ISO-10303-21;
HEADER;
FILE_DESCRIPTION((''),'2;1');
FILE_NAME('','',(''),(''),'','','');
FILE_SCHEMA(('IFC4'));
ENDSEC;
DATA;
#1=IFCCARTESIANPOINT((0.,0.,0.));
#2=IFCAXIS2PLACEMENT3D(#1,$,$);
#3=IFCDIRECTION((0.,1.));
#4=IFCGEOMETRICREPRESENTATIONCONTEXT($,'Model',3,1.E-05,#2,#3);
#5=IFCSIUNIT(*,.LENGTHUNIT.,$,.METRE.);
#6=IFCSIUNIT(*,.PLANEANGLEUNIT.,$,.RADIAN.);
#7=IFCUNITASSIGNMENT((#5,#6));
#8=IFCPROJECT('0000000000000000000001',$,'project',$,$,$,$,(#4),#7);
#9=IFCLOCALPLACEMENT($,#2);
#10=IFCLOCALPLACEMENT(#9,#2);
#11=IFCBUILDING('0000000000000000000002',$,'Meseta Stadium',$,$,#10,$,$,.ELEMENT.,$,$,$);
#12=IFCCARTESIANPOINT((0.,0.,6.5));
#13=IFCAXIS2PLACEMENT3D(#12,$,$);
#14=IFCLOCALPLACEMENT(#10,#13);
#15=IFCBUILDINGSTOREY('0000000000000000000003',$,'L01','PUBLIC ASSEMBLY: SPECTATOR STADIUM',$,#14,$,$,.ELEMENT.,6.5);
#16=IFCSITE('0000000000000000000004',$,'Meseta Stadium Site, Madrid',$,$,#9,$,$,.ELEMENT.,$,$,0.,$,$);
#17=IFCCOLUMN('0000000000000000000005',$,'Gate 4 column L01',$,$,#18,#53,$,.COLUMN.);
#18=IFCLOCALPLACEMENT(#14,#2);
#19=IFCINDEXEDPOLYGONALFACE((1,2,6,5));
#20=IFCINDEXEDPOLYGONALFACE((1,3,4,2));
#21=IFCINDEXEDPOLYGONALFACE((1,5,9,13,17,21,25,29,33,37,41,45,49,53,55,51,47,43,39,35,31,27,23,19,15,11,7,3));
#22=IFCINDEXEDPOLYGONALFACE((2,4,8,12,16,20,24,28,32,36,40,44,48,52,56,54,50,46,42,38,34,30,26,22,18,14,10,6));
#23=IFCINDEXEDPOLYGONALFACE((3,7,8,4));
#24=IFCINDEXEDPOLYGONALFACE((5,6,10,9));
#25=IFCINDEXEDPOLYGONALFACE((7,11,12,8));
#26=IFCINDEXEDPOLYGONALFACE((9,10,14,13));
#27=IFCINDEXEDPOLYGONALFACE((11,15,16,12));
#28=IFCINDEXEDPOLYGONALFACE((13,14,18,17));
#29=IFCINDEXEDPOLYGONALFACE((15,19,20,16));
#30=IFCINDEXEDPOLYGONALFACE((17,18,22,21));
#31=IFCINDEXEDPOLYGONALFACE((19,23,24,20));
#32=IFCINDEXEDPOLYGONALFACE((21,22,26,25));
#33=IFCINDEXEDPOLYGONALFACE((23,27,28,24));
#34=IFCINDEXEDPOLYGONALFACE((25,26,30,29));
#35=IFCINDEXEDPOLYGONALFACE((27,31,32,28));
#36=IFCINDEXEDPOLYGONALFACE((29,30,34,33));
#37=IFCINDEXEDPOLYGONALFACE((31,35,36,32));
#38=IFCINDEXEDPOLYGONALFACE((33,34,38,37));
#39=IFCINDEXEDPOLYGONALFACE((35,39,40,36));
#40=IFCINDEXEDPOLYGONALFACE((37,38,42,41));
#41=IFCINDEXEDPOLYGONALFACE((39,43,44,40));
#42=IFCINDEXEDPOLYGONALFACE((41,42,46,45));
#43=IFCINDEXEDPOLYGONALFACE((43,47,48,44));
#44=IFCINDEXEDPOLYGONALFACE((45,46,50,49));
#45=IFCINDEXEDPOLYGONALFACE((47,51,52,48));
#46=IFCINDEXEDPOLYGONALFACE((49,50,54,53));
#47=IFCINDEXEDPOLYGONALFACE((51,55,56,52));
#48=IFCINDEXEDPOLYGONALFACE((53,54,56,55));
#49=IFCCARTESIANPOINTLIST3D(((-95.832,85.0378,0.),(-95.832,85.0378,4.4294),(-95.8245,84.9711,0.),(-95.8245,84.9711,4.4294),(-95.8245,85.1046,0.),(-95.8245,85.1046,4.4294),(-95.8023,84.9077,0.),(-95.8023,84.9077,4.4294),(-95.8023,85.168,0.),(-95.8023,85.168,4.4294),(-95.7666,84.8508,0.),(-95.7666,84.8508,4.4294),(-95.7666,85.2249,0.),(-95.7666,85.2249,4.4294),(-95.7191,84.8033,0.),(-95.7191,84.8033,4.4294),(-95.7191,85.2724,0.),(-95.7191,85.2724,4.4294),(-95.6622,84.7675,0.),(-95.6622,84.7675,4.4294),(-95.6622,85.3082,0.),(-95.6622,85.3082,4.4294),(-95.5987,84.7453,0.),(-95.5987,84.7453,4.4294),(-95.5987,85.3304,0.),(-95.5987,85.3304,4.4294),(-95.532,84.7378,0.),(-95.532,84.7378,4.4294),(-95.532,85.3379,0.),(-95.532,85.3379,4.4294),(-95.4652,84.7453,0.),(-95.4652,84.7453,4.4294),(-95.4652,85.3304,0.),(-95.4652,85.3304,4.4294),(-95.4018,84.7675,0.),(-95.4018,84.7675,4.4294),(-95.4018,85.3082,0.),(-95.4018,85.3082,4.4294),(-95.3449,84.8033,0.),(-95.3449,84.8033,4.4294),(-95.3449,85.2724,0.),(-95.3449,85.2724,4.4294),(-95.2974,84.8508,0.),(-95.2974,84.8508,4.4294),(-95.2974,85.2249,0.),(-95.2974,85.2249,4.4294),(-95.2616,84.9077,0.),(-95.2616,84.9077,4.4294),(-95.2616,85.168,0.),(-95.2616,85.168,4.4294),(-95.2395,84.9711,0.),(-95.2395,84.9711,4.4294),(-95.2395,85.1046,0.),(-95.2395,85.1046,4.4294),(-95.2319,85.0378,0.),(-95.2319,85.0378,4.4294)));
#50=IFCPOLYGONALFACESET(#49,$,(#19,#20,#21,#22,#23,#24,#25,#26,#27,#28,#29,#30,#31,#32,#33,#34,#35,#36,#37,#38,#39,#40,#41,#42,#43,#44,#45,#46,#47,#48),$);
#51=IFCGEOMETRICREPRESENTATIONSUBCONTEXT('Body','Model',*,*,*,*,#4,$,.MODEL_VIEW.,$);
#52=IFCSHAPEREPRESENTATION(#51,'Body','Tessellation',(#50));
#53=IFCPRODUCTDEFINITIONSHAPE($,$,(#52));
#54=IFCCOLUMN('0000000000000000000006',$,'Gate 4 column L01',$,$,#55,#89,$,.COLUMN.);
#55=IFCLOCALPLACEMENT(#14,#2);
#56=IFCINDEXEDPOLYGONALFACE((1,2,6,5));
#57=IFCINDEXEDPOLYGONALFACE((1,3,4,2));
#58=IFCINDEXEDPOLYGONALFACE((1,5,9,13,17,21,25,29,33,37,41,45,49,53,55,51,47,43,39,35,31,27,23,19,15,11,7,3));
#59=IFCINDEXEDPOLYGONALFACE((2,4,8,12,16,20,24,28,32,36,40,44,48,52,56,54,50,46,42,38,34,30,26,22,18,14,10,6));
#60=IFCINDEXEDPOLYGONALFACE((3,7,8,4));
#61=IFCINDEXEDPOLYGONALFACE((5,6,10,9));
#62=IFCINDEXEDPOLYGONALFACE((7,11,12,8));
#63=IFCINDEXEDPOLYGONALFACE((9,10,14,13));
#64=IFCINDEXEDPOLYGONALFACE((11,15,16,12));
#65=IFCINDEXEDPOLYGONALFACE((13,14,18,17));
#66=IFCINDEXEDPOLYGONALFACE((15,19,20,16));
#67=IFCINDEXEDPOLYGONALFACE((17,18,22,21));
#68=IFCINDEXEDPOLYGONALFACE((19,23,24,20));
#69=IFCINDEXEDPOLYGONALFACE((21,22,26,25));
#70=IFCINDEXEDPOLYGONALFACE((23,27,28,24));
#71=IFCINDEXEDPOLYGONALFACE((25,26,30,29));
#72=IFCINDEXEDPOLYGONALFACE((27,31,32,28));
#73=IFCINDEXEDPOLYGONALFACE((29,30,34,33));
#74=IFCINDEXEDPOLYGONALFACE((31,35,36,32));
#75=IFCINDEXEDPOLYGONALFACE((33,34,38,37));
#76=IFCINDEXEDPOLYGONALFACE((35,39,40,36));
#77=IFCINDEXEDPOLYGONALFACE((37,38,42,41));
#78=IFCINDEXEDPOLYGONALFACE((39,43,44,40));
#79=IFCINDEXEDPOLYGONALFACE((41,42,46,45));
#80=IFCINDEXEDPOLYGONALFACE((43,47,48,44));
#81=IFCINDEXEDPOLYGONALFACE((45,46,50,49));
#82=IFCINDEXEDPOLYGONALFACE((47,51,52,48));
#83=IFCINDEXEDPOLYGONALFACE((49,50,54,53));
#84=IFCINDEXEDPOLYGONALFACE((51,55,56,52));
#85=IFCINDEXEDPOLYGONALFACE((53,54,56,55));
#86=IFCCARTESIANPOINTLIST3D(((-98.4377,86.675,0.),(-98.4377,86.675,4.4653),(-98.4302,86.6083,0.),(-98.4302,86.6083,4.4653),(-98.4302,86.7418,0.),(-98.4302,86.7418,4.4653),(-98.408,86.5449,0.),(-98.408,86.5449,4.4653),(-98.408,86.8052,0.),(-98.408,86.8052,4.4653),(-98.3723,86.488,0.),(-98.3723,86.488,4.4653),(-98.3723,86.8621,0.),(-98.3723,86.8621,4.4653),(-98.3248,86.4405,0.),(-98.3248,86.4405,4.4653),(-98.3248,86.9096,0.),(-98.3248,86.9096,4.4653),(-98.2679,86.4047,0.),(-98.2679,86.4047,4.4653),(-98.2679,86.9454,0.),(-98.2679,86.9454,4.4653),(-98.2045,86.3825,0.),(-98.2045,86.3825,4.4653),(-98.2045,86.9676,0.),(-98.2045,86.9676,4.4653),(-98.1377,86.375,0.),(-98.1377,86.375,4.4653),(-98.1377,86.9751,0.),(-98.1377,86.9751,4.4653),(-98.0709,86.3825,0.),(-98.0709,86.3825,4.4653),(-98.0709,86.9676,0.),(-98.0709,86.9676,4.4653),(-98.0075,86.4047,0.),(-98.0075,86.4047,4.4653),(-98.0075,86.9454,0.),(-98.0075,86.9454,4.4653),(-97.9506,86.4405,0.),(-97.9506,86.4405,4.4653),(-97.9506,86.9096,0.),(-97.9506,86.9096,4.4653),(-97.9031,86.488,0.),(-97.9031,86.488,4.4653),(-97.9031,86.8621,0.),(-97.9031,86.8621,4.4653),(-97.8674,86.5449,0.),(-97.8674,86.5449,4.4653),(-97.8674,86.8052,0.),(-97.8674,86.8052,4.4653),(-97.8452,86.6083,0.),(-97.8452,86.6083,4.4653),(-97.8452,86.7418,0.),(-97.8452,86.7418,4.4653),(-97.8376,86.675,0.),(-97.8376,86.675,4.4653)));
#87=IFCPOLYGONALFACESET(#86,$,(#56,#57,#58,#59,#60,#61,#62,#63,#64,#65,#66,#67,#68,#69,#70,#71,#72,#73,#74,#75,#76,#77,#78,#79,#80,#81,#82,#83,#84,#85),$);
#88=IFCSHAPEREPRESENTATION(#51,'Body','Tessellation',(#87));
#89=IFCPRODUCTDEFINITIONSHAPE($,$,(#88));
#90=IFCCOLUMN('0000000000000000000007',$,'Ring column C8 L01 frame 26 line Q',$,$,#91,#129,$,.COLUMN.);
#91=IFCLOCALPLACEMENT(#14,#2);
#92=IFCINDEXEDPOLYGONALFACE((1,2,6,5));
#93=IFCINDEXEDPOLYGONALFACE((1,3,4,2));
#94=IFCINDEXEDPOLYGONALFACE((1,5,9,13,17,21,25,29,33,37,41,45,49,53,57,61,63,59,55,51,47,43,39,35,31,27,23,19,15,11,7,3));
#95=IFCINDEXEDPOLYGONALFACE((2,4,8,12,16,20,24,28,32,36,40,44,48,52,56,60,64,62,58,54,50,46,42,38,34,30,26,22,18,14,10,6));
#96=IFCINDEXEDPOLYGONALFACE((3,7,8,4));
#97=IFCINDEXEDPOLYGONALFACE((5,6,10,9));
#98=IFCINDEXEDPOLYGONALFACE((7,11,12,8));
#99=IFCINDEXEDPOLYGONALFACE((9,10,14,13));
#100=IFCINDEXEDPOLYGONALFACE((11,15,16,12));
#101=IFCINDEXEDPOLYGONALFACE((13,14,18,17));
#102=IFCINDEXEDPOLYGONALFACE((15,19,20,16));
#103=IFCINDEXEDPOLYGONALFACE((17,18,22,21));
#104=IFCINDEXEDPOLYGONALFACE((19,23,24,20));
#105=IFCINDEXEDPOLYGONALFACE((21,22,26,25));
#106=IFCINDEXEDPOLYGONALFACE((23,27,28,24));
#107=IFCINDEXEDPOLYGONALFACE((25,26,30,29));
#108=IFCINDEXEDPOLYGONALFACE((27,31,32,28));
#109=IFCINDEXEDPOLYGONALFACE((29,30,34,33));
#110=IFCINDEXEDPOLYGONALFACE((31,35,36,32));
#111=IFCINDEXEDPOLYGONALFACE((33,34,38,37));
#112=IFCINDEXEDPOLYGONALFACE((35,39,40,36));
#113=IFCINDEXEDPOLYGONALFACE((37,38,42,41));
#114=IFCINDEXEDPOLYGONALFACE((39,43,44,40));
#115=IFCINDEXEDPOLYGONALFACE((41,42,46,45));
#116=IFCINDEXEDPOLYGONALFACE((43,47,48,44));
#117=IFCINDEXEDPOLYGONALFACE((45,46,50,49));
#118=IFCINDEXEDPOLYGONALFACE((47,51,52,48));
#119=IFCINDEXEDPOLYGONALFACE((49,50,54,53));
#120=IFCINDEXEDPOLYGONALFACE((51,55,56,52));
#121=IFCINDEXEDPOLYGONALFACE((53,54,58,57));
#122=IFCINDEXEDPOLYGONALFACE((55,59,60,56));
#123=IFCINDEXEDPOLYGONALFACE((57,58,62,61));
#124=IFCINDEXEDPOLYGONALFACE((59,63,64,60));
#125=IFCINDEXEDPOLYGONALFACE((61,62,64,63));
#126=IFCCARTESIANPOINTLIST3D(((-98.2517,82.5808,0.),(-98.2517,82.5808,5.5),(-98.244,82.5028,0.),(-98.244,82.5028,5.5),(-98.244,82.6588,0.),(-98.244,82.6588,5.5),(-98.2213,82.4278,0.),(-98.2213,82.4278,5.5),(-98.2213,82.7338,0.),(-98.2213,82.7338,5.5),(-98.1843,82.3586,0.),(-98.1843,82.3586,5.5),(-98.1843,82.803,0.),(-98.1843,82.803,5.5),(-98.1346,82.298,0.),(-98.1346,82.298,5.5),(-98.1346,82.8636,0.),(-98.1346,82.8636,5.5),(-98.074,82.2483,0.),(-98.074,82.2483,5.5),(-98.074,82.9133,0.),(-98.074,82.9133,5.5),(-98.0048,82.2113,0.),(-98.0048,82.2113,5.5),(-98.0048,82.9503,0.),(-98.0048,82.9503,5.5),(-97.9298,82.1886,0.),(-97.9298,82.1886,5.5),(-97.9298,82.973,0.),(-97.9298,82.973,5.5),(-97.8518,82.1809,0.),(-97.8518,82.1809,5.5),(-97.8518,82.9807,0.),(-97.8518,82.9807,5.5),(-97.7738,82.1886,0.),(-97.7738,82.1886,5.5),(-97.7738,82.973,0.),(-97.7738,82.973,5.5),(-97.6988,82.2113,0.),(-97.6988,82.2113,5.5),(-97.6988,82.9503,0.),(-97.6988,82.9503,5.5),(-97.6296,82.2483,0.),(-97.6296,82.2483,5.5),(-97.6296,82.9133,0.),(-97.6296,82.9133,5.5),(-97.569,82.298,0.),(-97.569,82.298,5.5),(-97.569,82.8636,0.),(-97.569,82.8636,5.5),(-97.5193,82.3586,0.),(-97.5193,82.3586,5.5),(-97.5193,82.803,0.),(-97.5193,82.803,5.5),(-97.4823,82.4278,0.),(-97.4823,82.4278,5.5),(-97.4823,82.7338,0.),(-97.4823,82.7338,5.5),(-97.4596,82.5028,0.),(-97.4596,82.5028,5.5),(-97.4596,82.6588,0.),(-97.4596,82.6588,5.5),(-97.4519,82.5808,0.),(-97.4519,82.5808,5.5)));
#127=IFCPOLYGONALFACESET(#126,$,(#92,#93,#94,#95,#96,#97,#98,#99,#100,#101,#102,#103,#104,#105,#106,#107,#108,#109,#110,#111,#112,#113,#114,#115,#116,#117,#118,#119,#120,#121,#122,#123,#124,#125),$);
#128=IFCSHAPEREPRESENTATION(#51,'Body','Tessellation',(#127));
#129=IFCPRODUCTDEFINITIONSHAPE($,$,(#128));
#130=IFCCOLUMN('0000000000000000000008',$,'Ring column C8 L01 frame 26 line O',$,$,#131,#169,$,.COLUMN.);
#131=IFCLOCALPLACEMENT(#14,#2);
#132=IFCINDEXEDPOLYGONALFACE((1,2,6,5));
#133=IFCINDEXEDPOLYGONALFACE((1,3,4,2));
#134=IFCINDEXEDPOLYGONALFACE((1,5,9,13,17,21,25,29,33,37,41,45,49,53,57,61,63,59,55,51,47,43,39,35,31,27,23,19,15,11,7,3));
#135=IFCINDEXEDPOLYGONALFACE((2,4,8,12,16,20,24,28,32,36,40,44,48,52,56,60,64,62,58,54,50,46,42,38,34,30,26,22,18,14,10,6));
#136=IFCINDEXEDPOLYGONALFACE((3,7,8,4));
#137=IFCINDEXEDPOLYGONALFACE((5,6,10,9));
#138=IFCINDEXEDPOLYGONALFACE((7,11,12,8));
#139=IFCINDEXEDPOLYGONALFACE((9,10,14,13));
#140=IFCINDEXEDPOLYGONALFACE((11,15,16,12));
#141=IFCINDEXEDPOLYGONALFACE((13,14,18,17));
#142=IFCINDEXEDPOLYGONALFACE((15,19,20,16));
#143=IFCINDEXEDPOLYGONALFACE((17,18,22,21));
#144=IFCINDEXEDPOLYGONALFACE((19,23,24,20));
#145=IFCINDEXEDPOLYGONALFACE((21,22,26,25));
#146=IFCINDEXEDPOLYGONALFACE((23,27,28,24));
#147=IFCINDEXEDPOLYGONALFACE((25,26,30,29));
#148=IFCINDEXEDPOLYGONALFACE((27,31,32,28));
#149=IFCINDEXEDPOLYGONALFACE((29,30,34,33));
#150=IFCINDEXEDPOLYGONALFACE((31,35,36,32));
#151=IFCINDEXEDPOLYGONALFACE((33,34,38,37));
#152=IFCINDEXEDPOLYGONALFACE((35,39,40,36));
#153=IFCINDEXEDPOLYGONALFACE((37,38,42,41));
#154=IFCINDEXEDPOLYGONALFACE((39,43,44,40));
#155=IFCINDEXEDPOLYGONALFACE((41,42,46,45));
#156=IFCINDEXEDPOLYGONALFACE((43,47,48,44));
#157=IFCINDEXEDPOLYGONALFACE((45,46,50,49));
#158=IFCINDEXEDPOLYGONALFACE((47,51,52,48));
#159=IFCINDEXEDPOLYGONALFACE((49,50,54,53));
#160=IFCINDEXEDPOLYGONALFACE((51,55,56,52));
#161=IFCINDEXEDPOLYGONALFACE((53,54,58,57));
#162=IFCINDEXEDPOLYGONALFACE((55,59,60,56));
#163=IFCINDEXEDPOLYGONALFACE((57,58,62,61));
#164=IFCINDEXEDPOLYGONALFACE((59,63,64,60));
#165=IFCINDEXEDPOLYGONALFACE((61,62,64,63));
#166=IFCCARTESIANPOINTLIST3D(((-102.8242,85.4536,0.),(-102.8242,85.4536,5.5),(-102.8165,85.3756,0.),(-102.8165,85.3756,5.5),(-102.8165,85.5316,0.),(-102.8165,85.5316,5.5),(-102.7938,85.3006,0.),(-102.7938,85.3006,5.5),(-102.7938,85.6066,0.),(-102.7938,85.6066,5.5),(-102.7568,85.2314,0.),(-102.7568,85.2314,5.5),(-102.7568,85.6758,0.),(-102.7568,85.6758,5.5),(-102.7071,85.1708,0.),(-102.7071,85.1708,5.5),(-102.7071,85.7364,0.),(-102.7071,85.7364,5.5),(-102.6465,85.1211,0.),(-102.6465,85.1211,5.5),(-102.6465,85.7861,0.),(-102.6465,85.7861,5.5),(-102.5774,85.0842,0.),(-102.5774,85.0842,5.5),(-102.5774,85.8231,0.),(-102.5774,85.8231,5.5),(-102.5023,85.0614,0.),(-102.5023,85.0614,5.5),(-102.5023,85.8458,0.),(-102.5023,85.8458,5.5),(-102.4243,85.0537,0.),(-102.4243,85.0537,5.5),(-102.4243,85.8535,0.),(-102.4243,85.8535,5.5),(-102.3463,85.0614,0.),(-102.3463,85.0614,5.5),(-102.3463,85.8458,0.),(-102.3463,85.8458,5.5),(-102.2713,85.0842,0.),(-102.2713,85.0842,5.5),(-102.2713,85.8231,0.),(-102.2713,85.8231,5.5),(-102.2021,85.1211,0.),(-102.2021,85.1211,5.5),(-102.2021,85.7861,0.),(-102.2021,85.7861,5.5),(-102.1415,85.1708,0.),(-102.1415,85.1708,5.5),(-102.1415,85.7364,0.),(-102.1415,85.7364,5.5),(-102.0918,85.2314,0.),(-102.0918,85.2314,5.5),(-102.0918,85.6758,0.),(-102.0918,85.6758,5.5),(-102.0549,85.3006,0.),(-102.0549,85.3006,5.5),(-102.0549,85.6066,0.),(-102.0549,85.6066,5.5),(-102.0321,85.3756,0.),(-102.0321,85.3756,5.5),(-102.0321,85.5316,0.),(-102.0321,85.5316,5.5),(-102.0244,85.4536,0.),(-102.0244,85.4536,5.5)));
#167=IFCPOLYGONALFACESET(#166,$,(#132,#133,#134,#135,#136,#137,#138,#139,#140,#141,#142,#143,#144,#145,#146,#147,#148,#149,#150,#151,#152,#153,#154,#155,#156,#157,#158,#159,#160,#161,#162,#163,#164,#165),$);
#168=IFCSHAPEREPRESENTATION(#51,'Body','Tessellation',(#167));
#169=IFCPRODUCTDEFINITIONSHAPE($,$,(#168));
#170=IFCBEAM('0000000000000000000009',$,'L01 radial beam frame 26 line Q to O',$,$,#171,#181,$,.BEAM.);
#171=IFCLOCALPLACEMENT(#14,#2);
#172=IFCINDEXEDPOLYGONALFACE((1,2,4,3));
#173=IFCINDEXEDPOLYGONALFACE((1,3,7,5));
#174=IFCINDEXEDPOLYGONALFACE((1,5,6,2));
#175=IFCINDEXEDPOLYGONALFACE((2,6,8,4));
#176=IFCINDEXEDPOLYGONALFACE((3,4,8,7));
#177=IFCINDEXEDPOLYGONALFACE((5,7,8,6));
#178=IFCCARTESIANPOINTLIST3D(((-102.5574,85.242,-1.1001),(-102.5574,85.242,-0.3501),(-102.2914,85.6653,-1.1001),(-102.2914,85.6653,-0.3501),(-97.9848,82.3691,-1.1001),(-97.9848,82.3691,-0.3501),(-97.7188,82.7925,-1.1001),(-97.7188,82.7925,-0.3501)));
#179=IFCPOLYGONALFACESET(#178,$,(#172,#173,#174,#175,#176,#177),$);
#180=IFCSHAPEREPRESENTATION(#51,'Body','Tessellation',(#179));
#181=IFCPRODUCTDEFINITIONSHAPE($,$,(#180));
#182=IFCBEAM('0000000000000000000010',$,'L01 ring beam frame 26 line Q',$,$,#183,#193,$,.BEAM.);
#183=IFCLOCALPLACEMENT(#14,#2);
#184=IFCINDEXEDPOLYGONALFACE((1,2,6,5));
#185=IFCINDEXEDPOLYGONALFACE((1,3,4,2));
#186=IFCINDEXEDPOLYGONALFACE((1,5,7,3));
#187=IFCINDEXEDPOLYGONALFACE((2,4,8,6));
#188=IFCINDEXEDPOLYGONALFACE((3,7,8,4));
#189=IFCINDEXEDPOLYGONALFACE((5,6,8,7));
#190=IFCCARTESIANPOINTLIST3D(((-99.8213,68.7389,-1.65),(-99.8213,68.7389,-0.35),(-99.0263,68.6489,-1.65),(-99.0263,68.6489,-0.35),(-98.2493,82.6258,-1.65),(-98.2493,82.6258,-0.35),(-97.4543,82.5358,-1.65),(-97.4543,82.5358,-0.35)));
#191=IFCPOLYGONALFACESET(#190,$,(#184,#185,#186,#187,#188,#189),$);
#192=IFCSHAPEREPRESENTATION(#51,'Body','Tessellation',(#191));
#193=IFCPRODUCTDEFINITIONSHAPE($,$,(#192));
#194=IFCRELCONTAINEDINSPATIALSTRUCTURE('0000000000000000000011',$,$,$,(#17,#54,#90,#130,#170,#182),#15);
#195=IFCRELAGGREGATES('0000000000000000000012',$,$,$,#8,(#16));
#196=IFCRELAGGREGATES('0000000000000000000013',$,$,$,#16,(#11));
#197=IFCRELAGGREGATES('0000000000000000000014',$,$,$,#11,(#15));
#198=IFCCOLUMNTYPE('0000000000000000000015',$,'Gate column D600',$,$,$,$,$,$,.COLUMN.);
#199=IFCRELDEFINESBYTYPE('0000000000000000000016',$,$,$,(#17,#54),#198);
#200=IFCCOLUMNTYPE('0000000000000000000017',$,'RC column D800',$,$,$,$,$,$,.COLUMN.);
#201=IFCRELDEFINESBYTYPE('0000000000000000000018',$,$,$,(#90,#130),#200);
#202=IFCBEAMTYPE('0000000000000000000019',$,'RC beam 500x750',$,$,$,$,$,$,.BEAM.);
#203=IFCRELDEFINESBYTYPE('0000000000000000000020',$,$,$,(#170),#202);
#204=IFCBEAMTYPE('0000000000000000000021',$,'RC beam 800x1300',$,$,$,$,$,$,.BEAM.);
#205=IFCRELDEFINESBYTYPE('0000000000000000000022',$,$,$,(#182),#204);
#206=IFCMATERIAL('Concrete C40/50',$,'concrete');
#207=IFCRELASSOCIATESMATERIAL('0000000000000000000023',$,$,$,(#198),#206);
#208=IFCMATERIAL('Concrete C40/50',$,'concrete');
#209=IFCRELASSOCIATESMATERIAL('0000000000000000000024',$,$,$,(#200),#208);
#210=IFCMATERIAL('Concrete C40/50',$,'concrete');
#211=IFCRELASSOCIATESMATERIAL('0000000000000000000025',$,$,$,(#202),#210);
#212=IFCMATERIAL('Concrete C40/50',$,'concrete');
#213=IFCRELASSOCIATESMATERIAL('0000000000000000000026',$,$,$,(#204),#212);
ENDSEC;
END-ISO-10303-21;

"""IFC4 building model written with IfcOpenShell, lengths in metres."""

from ifc_helpers import new_model, si_unit, direction, frame, origin, origin_2d, place, context, subcontext, project, spatial, rectangle, circle, extrude, material, material_profile, profile_set, type_object, element, save


model = new_model("IFC4")

# Units and contexts
model_context = context("Model", 3, precision=1e-05, world=origin(), true_north=direction((0.0, 1.0)))
body_context = subcontext(model_context, "Body", "Model", "MODEL_VIEW")
ifc_project = project(units=[si_unit("LENGTHUNIT", "METRE"), si_unit("PLANEANGLEUNIT", "RADIAN")], contexts=[model_context])

# Site, building, storey
site_placement = place(None, origin())
site = spatial("IfcSite", under=ifc_project, at=site_placement, Name="Meseta Stadium Site, Madrid", CompositionType="ELEMENT", RefElevation=0.0)
building_placement = place(site_placement, origin())
building = spatial("IfcBuilding", under=site, at=building_placement, Name="Meseta Stadium", CompositionType="ELEMENT")
storey_placement = place(building_placement, frame((0.0, 0.0, 6.5)))
storey = spatial("IfcBuildingStorey", under=building, at=storey_placement, Name="L01", Description="PUBLIC ASSEMBLY: SPECTATOR STADIUM", CompositionType="ELEMENT", Elevation=6.5)

# Columns
ifc_material_1 = material(Name="Concrete C40/50", Category="concrete")
ifc_material_profile_1 = material_profile(ifc_material_1, circle(Radius=0.3, at=origin_2d()), Name="RC D600")
ifc_profile_set_1 = profile_set([ifc_material_profile_1], Name="Concrete C40/50")
column_type_1 = type_object("IfcColumnType", Name="Gate column D600", PredefinedType="COLUMN", material=ifc_profile_set_1)
column_1_placement = place(storey_placement, frame((-95.532, 85.0378, 0.0), z_axis=(0.0, 0.0, 1.0), x_axis=(1.0, 0.0, 0.0)))
element("IfcColumn", 1, at=column_1_placement, inside=storey, type_object=column_type_1, Name="Gate 4 column L01", PredefinedType="COLUMN", context=body_context, shape_type="SweptSolid", body=[
    extrude(circle(Radius=0.3, at=origin_2d()), origin(), (0.0, 0.0, 1.0), 4.4294),
])
column_2_placement = place(storey_placement, frame((-98.1377, 86.675, 0.0), z_axis=(0.0, 0.0, 1.0), x_axis=(1.0, 0.0, 0.0)))
element("IfcColumn", 2, at=column_2_placement, inside=storey, type_object=column_type_1, Name="Gate 4 column L01", PredefinedType="COLUMN", context=body_context, shape_type="SweptSolid", body=[
    extrude(circle(Radius=0.3, at=origin_2d()), origin(), (0.0, 0.0, 1.0), 4.4653),
])
ifc_material_2 = material(Name="Concrete C40/50", Category="concrete")
ifc_material_profile_2 = material_profile(ifc_material_2, circle(Radius=0.3999, at=origin_2d()), Name="RC D800")
ifc_profile_set_2 = profile_set([ifc_material_profile_2], Name="Concrete C40/50")
column_type_2 = type_object("IfcColumnType", Name="RC column D800", PredefinedType="COLUMN", material=ifc_profile_set_2)
for number, where, z_axis, x_axis, name in (
    (3, (-97.8518, 82.5808, 0.0), (0.0, 0.0, 1.0), (1.0, 0.0, 0.0), "Ring column C8 L01 frame 26 line Q"),
    (4, (-102.4243, 85.4536, 0.0), (0.0, 0.0, 1.0), (1.0, 0.0, 0.0), "Ring column C8 L01 frame 26 line O"),
):
    element("IfcColumn", number, at=place(storey_placement, frame(where, z_axis=z_axis, x_axis=x_axis)), inside=storey, type_object=column_type_2, Name=name, PredefinedType="COLUMN", context=body_context, shape_type="SweptSolid", body=[
        extrude(circle(Radius=0.3999, at=origin_2d()), origin(), (0.0, 0.0, 1.0), 5.5),
    ])

# Beams
ifc_material_3 = material(Name="Concrete C40/50", Category="concrete")
ifc_material_profile_3 = material_profile(ifc_material_3, rectangle(XDim=0.5, YDim=0.75, at=origin_2d()), Name="RC 500x750")
ifc_profile_set_3 = profile_set([ifc_material_profile_3], Name="Concrete C40/50")
beam_type_1 = type_object("IfcBeamType", Name="RC beam 500x750", PredefinedType="BEAM", material=ifc_profile_set_3)
beam_1_placement = place(storey_placement, frame((-97.8518, 82.5808, -0.7251), z_axis=(-0.846749, 0.531993, 0.0), x_axis=(-0.531993, -0.846749, 0.0)))
element("IfcBeam", 5, at=beam_1_placement, inside=storey, type_object=beam_type_1, Name="L01 radial beam frame 26 line Q to O", PredefinedType="BEAM", context=body_context, shape_type="SweptSolid", body=[
    extrude(rectangle(XDim=0.5, YDim=0.75, at=origin_2d()), origin(), (0.0, 0.0, 1.0), 5.4001),
])
ifc_material_4 = material(Name="Concrete C40/50", Category="concrete")
ifc_material_profile_4 = material_profile(ifc_material_4, rectangle(XDim=0.8, YDim=1.3, at=origin_2d()), Name="RC 800x1300")
ifc_profile_set_4 = profile_set([ifc_material_profile_4], Name="Concrete C40/50")
beam_type_2 = type_object("IfcBeamType", Name="RC beam 800x1300", PredefinedType="BEAM", material=ifc_profile_set_4)
beam_2_placement = place(storey_placement, frame((-97.8518, 82.5808, -1.0), z_axis=(-0.112483, -0.993654, 0.0), x_axis=(0.993654, -0.112483, 0.0)))
element("IfcBeam", 6, at=beam_2_placement, inside=storey, type_object=beam_type_2, Name="L01 ring beam frame 26 line Q", PredefinedType="BEAM", context=body_context, shape_type="SweptSolid", body=[
    extrude(rectangle(XDim=0.8, YDim=1.3, at=origin_2d()), origin(), (0.0, 0.0, 1.0), 13.9756),
])

save(model, "model.ifc")
